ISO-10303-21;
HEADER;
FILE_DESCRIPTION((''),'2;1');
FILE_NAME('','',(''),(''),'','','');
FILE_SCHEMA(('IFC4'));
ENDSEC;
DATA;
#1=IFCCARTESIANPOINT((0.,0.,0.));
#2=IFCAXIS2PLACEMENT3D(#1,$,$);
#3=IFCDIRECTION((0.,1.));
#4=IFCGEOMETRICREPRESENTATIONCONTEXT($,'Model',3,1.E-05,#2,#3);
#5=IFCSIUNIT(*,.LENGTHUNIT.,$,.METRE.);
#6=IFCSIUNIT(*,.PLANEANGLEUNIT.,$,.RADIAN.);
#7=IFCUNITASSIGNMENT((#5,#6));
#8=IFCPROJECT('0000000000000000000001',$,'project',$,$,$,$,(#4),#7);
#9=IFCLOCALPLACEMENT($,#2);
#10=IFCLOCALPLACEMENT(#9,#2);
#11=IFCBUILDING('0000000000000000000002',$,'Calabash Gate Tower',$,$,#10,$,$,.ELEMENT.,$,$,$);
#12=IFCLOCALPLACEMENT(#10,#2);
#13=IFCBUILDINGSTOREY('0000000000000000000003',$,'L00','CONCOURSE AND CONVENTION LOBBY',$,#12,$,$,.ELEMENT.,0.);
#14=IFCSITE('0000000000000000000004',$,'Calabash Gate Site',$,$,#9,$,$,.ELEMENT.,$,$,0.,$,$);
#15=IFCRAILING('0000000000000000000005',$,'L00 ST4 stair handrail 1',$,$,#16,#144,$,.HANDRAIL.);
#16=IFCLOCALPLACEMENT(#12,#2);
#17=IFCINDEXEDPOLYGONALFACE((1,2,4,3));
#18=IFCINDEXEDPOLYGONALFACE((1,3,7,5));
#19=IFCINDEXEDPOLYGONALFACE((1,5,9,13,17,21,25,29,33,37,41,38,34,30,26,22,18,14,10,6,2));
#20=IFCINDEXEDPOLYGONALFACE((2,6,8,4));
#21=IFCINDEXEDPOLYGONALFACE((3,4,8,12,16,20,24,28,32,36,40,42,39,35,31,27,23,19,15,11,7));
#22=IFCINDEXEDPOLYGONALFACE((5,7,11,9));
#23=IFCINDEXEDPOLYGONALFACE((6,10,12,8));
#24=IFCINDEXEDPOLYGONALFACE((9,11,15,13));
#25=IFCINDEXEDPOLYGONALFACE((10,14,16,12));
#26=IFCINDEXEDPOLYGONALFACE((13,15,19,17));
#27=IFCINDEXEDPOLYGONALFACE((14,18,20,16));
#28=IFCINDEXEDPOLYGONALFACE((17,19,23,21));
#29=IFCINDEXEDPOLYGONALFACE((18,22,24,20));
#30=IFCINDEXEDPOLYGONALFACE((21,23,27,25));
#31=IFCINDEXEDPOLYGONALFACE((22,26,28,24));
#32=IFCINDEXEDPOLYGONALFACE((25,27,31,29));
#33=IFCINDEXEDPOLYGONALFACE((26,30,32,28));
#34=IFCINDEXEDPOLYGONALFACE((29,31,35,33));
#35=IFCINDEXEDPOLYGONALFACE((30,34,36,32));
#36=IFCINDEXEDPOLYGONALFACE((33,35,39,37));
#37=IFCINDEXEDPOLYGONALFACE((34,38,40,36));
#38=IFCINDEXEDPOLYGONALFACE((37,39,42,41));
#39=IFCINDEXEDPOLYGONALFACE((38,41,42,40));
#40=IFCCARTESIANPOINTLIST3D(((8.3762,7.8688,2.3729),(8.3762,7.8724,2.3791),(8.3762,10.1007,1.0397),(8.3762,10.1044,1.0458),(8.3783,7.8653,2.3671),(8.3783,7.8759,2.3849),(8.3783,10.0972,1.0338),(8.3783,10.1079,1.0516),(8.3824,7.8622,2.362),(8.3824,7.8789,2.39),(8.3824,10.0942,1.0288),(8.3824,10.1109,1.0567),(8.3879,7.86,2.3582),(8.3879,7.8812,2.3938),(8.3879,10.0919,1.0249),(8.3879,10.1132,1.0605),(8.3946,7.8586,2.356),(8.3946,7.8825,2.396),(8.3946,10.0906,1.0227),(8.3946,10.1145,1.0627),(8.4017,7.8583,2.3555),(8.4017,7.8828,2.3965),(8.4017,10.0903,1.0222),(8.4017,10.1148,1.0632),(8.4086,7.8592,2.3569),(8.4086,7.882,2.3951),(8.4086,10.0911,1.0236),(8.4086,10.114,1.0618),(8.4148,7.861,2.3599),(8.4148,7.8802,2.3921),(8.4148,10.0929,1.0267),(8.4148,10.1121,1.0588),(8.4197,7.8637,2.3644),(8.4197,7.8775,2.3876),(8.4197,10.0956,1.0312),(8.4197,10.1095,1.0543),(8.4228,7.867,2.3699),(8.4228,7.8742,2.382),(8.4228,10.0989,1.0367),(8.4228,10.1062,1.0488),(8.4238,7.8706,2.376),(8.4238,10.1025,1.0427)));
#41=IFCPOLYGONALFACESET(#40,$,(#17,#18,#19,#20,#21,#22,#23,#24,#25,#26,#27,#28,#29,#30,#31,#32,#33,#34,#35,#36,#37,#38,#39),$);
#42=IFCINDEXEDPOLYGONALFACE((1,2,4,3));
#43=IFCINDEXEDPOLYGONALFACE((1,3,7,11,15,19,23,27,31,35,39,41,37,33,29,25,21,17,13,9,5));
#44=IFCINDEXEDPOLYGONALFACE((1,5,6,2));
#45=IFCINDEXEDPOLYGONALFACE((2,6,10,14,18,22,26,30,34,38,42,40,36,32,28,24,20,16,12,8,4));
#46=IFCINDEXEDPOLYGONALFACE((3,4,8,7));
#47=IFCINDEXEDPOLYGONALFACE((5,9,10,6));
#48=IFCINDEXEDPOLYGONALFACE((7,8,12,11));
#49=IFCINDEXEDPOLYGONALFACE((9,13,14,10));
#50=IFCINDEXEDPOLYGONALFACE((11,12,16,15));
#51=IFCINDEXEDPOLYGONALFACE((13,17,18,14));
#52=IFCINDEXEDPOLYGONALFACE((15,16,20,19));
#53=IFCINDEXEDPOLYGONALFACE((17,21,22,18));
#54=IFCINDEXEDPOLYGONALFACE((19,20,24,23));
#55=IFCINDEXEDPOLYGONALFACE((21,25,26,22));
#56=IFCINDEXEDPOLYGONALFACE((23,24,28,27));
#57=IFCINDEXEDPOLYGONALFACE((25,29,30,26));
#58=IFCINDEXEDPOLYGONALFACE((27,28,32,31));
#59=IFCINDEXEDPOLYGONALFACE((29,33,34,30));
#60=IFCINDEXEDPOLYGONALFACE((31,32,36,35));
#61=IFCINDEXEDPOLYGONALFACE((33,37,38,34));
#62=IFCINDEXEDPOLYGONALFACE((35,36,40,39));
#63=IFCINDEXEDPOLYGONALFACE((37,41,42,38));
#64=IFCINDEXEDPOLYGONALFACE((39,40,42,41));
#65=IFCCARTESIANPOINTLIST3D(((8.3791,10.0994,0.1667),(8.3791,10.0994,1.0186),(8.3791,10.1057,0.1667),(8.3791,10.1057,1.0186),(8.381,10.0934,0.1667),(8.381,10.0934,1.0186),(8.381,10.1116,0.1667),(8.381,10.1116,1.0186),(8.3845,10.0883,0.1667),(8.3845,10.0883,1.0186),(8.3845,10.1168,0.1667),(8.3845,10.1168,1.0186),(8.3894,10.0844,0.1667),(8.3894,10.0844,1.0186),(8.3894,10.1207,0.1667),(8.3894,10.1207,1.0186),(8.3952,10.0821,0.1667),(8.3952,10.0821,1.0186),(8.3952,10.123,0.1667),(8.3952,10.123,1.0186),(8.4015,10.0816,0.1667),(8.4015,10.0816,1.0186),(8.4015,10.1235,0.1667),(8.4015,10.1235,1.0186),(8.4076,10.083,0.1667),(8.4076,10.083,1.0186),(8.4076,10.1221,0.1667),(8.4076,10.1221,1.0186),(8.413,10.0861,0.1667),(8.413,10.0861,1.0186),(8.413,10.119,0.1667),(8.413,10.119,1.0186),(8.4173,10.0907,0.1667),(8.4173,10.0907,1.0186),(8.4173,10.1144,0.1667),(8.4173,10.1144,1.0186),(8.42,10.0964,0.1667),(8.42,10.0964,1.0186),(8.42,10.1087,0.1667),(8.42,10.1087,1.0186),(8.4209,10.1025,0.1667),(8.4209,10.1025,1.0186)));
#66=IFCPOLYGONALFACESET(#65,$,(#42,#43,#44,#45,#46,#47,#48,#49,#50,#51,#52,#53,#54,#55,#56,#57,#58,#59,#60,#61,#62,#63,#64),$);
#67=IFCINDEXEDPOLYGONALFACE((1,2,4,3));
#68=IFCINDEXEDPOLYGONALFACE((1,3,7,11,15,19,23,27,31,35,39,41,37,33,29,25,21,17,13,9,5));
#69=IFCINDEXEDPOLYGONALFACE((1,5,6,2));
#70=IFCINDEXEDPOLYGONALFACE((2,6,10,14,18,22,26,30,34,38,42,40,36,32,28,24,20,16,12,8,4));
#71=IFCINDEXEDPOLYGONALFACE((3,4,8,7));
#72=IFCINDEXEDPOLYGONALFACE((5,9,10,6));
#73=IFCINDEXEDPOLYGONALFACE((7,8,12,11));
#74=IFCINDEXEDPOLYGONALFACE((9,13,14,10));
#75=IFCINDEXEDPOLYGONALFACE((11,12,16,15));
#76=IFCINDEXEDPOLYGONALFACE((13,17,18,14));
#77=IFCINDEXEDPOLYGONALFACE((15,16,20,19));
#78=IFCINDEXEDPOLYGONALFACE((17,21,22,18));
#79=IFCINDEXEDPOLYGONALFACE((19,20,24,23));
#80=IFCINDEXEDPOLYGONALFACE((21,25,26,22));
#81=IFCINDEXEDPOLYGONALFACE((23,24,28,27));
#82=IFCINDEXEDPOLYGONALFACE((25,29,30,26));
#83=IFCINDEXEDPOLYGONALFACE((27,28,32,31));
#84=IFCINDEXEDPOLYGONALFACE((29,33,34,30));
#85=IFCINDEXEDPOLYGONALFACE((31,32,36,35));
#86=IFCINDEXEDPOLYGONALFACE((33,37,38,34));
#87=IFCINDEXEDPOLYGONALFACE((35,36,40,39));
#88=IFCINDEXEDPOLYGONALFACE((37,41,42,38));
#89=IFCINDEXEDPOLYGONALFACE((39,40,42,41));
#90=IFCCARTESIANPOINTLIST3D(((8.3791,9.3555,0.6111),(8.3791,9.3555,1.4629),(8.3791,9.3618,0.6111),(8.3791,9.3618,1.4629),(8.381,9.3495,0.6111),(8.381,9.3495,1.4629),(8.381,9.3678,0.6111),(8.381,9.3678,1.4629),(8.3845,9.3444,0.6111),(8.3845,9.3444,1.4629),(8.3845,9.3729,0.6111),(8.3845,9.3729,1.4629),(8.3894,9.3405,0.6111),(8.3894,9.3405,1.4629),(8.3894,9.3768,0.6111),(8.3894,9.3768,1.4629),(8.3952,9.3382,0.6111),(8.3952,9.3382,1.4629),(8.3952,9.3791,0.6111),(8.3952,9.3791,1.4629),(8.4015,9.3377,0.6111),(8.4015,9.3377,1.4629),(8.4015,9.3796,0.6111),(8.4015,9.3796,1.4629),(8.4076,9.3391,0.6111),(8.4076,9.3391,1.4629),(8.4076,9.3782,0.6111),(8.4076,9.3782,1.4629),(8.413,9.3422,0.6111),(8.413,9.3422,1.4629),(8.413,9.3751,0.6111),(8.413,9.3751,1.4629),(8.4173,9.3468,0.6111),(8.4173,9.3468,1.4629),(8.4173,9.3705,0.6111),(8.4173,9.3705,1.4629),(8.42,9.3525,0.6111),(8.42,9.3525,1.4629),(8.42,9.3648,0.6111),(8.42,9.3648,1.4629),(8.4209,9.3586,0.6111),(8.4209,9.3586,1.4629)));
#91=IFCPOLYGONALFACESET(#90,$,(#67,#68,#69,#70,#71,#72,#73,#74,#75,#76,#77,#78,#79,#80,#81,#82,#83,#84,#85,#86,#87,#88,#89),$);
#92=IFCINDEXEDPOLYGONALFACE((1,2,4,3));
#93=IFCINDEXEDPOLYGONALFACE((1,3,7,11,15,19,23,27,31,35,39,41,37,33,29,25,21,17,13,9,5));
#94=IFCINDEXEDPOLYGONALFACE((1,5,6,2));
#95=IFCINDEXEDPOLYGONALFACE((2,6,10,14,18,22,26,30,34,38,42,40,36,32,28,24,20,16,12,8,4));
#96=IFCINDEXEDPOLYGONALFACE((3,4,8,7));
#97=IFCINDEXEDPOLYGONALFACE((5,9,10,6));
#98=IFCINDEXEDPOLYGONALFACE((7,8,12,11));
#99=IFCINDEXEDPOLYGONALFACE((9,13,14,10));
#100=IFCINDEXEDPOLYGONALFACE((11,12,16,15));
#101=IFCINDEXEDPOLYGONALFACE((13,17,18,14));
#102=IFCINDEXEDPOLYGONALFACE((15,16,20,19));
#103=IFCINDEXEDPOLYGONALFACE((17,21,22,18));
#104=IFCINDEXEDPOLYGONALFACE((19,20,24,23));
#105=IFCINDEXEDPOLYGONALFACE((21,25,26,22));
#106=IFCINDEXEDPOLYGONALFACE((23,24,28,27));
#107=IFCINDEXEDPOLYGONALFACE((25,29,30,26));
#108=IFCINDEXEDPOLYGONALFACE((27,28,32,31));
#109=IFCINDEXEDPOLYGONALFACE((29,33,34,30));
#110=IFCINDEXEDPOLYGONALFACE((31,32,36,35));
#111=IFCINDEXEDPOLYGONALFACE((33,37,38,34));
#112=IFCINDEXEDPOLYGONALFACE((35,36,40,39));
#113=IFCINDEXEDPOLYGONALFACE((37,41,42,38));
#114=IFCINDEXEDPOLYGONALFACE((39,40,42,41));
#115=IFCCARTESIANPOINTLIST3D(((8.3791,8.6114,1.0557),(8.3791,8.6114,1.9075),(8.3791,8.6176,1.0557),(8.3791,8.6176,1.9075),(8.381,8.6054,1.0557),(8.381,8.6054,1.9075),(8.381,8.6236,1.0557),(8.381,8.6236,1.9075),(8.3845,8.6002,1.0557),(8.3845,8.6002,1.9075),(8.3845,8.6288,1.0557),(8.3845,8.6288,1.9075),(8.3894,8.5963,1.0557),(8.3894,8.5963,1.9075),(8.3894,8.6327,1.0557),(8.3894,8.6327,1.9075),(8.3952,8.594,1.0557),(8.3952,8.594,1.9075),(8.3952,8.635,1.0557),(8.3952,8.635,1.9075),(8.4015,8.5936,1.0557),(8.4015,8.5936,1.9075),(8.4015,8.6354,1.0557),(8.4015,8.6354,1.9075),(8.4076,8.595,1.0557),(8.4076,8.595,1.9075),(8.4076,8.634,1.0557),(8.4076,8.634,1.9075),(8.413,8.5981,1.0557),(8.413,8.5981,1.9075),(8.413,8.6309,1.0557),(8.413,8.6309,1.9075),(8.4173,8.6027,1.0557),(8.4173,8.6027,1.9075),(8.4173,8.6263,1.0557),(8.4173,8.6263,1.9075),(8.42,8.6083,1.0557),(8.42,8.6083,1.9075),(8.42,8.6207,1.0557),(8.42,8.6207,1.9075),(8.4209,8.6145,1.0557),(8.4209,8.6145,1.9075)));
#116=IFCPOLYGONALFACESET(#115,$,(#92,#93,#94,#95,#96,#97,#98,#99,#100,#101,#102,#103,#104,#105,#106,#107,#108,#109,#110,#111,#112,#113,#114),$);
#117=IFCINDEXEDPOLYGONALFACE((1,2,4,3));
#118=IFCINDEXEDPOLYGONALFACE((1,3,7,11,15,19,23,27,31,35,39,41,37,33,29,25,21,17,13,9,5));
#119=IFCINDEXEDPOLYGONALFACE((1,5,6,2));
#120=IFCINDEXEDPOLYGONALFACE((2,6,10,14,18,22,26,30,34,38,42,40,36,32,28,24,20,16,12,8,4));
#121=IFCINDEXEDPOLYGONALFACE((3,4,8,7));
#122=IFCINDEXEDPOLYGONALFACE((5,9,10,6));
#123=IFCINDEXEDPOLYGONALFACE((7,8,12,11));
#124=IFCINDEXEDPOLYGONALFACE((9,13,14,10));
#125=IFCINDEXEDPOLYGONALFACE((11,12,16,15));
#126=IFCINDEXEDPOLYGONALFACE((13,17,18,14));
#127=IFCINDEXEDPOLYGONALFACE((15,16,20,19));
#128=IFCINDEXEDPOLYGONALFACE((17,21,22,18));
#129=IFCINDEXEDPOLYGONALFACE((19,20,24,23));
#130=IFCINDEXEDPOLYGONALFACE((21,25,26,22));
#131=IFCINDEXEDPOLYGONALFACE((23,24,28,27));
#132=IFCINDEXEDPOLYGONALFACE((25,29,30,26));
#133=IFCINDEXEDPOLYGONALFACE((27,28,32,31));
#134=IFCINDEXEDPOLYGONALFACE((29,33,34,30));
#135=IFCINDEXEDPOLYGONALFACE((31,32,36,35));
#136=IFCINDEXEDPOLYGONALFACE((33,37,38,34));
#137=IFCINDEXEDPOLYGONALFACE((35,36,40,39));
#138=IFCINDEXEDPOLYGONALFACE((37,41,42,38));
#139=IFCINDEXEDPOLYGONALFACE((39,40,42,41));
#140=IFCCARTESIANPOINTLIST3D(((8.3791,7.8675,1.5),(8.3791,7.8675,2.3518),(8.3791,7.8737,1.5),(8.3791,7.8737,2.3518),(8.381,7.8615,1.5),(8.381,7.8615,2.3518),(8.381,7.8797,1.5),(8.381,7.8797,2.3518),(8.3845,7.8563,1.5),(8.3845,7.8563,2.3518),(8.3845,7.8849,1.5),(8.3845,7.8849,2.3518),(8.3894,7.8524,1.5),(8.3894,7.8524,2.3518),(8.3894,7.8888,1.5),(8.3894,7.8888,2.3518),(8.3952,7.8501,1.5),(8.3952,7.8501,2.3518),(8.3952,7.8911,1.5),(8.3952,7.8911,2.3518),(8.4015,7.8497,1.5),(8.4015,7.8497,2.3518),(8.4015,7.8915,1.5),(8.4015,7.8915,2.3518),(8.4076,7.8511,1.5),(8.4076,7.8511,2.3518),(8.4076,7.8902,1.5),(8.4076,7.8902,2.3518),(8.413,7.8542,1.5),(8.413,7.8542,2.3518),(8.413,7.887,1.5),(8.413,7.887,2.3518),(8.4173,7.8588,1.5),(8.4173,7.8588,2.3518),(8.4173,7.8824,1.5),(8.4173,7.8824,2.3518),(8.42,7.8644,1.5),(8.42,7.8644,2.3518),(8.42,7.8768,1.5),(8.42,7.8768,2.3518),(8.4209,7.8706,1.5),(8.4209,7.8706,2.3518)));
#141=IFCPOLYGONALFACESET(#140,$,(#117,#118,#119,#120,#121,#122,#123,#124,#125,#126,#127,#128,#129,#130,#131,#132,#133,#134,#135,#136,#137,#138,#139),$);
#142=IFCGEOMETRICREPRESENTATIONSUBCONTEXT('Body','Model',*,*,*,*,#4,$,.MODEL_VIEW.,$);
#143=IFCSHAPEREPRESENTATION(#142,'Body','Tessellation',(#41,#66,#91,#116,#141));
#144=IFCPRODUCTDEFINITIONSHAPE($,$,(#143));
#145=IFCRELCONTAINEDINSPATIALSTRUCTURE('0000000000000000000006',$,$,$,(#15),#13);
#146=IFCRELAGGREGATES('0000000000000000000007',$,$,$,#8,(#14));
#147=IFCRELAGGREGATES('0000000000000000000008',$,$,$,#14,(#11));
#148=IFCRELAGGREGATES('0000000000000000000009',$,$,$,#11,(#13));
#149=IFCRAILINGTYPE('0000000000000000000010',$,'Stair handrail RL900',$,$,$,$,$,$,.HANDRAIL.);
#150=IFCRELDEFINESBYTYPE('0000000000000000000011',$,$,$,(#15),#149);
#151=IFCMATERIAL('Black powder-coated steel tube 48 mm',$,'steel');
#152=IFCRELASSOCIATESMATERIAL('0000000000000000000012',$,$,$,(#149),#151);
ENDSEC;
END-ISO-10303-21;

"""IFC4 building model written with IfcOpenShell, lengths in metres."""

from ifc_helpers import new_model, si_unit, direction, frame, origin, origin_2d, place, context, subcontext, project, spatial, circle, extrude, material, type_object, element, save


model = new_model("IFC4")

# Units and contexts
model_context = context("Model", 3, precision=1e-05, world=origin(), true_north=direction((0.0, 1.0)))
body_context = subcontext(model_context, "Body", "Model", "MODEL_VIEW")
ifc_project = project(units=[si_unit("LENGTHUNIT", "METRE"), si_unit("PLANEANGLEUNIT", "RADIAN")], contexts=[model_context])

# Site, building, storey
site_placement = place(None, origin())
site = spatial("IfcSite", under=ifc_project, at=site_placement, Name="Calabash Gate Site", CompositionType="ELEMENT", RefElevation=0.0)
building_placement = place(site_placement, origin())
building = spatial("IfcBuilding", under=site, at=building_placement, Name="Calabash Gate Tower", CompositionType="ELEMENT")
storey_placement = place(building_placement, origin())
storey = spatial("IfcBuildingStorey", under=building, at=storey_placement, Name="L00", Description="CONCOURSE AND CONVENTION LOBBY", CompositionType="ELEMENT", Elevation=0.0)

# Railing
ifc_material_1 = material(Name="Black powder-coated steel tube 48 mm", Category="steel")
railing_type_1 = type_object("IfcRailingType", Name="Stair handrail RL900", PredefinedType="HANDRAIL", material=ifc_material_1)
railing_1_placement = place(storey_placement, frame((8.3999, 10.1025, 0.1667)))
element("IfcRailing", 1, at=railing_1_placement, inside=storey, type_object=railing_type_1, Name="L00 ST4 stair handrail 1", PredefinedType="HANDRAIL", context=body_context, shape_type="SweptSolid", body=[
    extrude(circle(Radius=0.0239, at=origin_2d()), frame((0.0, 0.0, 0.876), z_axis=(0.0, -0.858494, 0.512824), x_axis=(1.0, 0.0, 0.0)), (0.0, 0.0, 1.0), 2.5999),
    extrude(circle(Radius=0.021, at=origin_2d()), origin(), (0.0, 0.0, 1.0), 0.8518),
    extrude(circle(Radius=0.021, at=origin_2d()), frame((0.0, -0.7439, 0.4443)), (0.0, 0.0, 1.0), 0.8518),
    extrude(circle(Radius=0.021, at=origin_2d()), frame((0.0, -1.488, 0.8889)), (0.0, 0.0, 1.0), 0.8518),
    extrude(circle(Radius=0.021, at=origin_2d()), frame((0.0, -2.2319, 1.3333)), (0.0, 0.0, 1.0), 0.8518),
])

save(model, "model.ifc")
